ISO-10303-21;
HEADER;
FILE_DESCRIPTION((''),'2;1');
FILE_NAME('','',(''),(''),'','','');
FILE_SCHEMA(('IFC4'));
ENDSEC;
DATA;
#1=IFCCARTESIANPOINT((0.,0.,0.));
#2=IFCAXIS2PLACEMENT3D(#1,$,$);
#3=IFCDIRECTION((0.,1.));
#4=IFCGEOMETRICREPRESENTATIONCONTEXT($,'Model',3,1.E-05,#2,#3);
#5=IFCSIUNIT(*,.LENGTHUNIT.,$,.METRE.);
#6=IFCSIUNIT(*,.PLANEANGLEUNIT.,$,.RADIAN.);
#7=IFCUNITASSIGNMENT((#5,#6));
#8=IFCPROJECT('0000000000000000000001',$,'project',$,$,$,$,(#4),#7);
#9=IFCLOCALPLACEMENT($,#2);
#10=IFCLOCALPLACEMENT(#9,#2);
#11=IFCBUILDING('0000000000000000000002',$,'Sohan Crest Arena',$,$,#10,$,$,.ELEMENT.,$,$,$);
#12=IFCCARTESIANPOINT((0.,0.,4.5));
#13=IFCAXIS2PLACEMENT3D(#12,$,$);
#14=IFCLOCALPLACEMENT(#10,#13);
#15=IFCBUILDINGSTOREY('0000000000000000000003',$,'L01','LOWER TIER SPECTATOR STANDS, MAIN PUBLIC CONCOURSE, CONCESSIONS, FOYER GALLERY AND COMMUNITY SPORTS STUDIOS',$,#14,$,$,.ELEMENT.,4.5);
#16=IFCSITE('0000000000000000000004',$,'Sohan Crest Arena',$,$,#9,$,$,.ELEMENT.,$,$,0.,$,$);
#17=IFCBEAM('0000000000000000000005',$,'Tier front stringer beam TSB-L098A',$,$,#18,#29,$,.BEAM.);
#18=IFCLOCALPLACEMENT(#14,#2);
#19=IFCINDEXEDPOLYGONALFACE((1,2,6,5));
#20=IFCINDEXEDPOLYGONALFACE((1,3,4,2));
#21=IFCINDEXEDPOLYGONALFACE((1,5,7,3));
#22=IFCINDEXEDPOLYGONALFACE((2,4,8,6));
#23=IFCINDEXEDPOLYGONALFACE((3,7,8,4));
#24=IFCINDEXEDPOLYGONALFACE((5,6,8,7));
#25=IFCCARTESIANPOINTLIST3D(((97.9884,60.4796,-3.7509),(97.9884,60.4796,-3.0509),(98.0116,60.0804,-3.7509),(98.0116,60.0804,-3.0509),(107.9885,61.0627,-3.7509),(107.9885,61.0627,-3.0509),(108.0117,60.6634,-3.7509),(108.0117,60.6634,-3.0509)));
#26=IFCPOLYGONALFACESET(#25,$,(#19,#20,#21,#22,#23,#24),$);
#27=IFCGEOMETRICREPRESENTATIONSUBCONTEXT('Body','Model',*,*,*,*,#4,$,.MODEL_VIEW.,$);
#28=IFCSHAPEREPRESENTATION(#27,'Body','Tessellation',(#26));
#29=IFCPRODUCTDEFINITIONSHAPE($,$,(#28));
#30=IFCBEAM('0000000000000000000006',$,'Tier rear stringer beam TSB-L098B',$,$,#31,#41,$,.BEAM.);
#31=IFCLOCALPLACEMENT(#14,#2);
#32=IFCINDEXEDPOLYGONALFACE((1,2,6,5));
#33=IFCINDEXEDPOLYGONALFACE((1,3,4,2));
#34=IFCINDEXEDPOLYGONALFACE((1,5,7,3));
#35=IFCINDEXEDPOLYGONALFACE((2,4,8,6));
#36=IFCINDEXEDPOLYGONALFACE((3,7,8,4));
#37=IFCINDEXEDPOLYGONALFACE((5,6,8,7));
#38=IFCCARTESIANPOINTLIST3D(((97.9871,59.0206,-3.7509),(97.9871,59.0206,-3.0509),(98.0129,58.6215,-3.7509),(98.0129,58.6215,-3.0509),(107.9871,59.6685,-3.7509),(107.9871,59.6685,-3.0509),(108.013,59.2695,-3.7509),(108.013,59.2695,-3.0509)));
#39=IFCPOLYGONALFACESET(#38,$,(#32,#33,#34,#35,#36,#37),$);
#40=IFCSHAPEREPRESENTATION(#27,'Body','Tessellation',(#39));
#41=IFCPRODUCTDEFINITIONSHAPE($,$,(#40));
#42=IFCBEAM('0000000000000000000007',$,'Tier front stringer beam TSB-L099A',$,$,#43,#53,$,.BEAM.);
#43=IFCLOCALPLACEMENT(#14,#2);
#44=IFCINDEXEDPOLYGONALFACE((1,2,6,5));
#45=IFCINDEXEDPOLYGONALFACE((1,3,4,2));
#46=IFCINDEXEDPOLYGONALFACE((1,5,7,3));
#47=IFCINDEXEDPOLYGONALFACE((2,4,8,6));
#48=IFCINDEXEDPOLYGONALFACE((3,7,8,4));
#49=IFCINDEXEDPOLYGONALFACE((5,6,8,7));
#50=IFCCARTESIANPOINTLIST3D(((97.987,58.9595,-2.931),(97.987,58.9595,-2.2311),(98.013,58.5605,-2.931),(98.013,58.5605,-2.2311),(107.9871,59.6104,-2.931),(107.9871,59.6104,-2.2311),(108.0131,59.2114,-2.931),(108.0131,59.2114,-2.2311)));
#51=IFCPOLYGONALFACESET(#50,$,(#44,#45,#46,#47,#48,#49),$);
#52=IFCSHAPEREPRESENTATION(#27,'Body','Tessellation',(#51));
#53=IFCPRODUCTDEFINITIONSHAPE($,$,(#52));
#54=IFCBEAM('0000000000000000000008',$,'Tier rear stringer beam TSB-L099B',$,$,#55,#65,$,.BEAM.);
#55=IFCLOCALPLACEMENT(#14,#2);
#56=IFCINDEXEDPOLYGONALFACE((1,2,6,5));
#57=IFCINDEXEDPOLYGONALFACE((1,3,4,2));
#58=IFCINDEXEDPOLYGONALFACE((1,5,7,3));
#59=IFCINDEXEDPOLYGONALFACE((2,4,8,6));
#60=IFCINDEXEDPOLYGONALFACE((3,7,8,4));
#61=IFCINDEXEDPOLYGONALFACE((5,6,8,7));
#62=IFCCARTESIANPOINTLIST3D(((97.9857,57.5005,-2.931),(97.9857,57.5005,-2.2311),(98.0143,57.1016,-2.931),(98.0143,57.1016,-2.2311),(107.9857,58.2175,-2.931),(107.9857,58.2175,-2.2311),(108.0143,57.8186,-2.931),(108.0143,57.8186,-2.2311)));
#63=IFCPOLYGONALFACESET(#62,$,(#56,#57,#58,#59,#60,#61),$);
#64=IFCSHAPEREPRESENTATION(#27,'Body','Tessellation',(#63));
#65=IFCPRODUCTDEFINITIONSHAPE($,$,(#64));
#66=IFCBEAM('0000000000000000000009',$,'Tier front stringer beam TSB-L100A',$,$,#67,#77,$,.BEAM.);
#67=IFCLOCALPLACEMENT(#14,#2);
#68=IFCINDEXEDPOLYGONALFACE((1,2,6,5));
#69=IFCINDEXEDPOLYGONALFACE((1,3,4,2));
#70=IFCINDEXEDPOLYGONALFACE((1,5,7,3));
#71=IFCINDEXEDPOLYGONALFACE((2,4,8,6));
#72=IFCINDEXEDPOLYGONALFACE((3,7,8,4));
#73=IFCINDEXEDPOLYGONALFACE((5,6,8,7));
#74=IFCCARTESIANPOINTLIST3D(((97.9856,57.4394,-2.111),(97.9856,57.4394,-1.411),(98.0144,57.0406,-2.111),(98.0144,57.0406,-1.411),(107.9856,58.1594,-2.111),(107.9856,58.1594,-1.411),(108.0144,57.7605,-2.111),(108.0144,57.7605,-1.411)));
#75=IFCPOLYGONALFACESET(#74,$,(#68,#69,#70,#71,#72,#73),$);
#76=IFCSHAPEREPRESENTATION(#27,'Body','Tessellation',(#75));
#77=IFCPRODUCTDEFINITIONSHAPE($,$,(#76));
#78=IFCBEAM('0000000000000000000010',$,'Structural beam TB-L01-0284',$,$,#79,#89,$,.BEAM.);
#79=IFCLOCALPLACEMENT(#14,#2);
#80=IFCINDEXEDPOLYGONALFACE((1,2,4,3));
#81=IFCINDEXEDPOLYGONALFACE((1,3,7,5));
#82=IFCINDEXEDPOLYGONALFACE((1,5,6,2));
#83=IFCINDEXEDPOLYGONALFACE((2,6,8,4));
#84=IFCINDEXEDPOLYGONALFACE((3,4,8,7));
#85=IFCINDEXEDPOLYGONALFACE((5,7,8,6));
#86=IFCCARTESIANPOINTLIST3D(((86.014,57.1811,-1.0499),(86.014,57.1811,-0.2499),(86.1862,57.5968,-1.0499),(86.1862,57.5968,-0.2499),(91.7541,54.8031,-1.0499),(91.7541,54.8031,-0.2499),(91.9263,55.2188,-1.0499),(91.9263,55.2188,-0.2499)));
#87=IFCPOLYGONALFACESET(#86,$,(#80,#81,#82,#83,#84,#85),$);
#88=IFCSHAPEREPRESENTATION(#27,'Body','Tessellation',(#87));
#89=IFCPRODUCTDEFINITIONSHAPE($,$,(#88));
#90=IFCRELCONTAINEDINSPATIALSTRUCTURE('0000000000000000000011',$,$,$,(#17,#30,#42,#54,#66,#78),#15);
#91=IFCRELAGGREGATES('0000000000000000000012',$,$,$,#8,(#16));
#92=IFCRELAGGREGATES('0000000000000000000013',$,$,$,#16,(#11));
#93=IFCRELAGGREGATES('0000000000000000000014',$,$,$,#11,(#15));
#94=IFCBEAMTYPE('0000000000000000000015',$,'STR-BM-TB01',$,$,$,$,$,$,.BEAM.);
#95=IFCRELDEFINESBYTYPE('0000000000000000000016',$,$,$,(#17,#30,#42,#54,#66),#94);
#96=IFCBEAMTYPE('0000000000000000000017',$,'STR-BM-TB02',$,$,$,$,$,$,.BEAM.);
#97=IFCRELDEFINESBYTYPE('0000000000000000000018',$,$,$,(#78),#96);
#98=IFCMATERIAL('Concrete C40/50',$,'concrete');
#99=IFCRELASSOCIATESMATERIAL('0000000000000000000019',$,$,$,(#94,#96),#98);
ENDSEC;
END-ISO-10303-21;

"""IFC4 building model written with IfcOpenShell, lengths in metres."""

from ifc_helpers import new_model, si_unit, direction, frame, origin, origin_2d, place, context, subcontext, project, spatial, rectangle, extrude, material, material_profile, profile_set, type_object, element, save


model = new_model("IFC4")

# Units and contexts
model_context = context("Model", 3, precision=1e-05, world=origin(), true_north=direction((0.0, 1.0)))
body_context = subcontext(model_context, "Body", "Model", "MODEL_VIEW")
ifc_project = project(units=[si_unit("LENGTHUNIT", "METRE"), si_unit("PLANEANGLEUNIT", "RADIAN")], contexts=[model_context])

# Site, building, storey
site_placement = place(None, origin())
site = spatial("IfcSite", under=ifc_project, at=site_placement, Name="Sohan Crest Arena", CompositionType="ELEMENT", RefElevation=0.0)
building_placement = place(site_placement, origin())
building = spatial("IfcBuilding", under=site, at=building_placement, Name="Sohan Crest Arena", CompositionType="ELEMENT")
storey_placement = place(building_placement, frame((0.0, 0.0, 4.5)))
storey = spatial("IfcBuildingStorey", under=building, at=storey_placement, Name="L01", Description="LOWER TIER SPECTATOR STANDS, MAIN PUBLIC CONCOURSE, CONCESSIONS, FOYER GALLERY AND COMMUNITY SPORTS STUDIOS", CompositionType="ELEMENT", Elevation=4.5)

# Shared definitions
ifc_material_1 = material(Name="Concrete C40/50", Category="concrete")

# Beams
ifc_material_profile_1 = material_profile(ifc_material_1, rectangle(XDim=0.3999, YDim=0.7, at=origin_2d()), Name="RC-BM 400x700")
ifc_profile_set_1 = profile_set([ifc_material_profile_1], Name="Concrete C40/50")
beam_type_1 = type_object("IfcBeamType", Name="STR-BM-TB01", PredefinedType="BEAM", material=ifc_profile_set_1)
beam_1_placement = place(storey_placement, frame((98.0, 60.28, -3.4009), z_axis=(0.998305, 0.058202, 0.0), x_axis=(-0.058202, 0.998305, 0.0)))
element("IfcBeam", 1, at=beam_1_placement, inside=storey, type_object=beam_type_1, Name="Tier front stringer beam TSB-L098A", PredefinedType="BEAM", context=body_context, shape_type="SweptSolid", body=[
    extrude(rectangle(XDim=0.3999, YDim=0.7, at=origin_2d()), origin(), (0.0, 0.0, 1.0), 10.0171),
])
beam_2_placement = place(storey_placement, frame((98.0, 58.821, -3.4009), z_axis=(0.997907, 0.064659, 0.0), x_axis=(-0.064659, 0.997907, 0.0)))
element("IfcBeam", 2, at=beam_2_placement, inside=storey, type_object=beam_type_1, Name="Tier rear stringer beam TSB-L098B", PredefinedType="BEAM", context=body_context, shape_type="SweptSolid", body=[
    extrude(rectangle(XDim=0.3999, YDim=0.7, at=origin_2d()), origin(), (0.0, 0.0, 1.0), 10.021),
])
beam_3_placement = place(storey_placement, frame((98.0, 58.76, -2.5811), z_axis=(0.997888, 0.06495, 0.0), x_axis=(-0.06495, 0.997888, 0.0)))
element("IfcBeam", 3, at=beam_3_placement, inside=storey, type_object=beam_type_1, Name="Tier front stringer beam TSB-L099A", PredefinedType="BEAM", context=body_context, shape_type="SweptSolid", body=[
    extrude(rectangle(XDim=0.3999, YDim=0.7, at=origin_2d()), origin(), (0.0, 0.0, 1.0), 10.0212),
])
beam_4_placement = place(storey_placement, frame((98.0, 57.301, -2.5811), z_axis=(0.997439, 0.07152, 0.0), x_axis=(-0.07152, 0.997439, 0.0)))
element("IfcBeam", 4, at=beam_4_placement, inside=storey, type_object=beam_type_1, Name="Tier rear stringer beam TSB-L099B", PredefinedType="BEAM", context=body_context, shape_type="SweptSolid", body=[
    extrude(rectangle(XDim=0.3999, YDim=0.7, at=origin_2d()), origin(), (0.0, 0.0, 1.0), 10.0256),
])
beam_5_placement = place(storey_placement, frame((98.0, 57.24, -1.761), z_axis=(0.997418, 0.071811, 0.0), x_axis=(-0.071811, 0.997418, 0.0)))
element("IfcBeam", 5, at=beam_5_placement, inside=storey, type_object=beam_type_1, Name="Tier front stringer beam TSB-L100A", PredefinedType="BEAM", context=body_context, shape_type="SweptSolid", body=[
    extrude(rectangle(XDim=0.3999, YDim=0.7, at=origin_2d()), origin(), (0.0, 0.0, 1.0), 10.0259),
])
ifc_material_profile_2 = material_profile(ifc_material_1, rectangle(XDim=0.45, YDim=0.8, at=origin_2d()), Name="RC-BM 450x800")
ifc_profile_set_2 = profile_set([ifc_material_profile_2], Name="Concrete C40/50")
beam_type_2 = type_object("IfcBeamType", Name="STR-BM-TB02", PredefinedType="BEAM", material=ifc_profile_set_2)
beam_6_placement = place(storey_placement, frame((86.1001, 57.3889, -0.6499), z_axis=(0.92386, -0.382731, 0.0), x_axis=(0.382731, 0.92386, 0.0)))
element("IfcBeam", 6, at=beam_6_placement, inside=storey, type_object=beam_type_2, Name="Structural beam TB-L01-0284", PredefinedType="BEAM", context=body_context, shape_type="SweptSolid", body=[
    extrude(rectangle(XDim=0.45, YDim=0.8, at=origin_2d()), origin(), (0.0, 0.0, 1.0), 6.2131),
])

save(model, "model.ifc")
